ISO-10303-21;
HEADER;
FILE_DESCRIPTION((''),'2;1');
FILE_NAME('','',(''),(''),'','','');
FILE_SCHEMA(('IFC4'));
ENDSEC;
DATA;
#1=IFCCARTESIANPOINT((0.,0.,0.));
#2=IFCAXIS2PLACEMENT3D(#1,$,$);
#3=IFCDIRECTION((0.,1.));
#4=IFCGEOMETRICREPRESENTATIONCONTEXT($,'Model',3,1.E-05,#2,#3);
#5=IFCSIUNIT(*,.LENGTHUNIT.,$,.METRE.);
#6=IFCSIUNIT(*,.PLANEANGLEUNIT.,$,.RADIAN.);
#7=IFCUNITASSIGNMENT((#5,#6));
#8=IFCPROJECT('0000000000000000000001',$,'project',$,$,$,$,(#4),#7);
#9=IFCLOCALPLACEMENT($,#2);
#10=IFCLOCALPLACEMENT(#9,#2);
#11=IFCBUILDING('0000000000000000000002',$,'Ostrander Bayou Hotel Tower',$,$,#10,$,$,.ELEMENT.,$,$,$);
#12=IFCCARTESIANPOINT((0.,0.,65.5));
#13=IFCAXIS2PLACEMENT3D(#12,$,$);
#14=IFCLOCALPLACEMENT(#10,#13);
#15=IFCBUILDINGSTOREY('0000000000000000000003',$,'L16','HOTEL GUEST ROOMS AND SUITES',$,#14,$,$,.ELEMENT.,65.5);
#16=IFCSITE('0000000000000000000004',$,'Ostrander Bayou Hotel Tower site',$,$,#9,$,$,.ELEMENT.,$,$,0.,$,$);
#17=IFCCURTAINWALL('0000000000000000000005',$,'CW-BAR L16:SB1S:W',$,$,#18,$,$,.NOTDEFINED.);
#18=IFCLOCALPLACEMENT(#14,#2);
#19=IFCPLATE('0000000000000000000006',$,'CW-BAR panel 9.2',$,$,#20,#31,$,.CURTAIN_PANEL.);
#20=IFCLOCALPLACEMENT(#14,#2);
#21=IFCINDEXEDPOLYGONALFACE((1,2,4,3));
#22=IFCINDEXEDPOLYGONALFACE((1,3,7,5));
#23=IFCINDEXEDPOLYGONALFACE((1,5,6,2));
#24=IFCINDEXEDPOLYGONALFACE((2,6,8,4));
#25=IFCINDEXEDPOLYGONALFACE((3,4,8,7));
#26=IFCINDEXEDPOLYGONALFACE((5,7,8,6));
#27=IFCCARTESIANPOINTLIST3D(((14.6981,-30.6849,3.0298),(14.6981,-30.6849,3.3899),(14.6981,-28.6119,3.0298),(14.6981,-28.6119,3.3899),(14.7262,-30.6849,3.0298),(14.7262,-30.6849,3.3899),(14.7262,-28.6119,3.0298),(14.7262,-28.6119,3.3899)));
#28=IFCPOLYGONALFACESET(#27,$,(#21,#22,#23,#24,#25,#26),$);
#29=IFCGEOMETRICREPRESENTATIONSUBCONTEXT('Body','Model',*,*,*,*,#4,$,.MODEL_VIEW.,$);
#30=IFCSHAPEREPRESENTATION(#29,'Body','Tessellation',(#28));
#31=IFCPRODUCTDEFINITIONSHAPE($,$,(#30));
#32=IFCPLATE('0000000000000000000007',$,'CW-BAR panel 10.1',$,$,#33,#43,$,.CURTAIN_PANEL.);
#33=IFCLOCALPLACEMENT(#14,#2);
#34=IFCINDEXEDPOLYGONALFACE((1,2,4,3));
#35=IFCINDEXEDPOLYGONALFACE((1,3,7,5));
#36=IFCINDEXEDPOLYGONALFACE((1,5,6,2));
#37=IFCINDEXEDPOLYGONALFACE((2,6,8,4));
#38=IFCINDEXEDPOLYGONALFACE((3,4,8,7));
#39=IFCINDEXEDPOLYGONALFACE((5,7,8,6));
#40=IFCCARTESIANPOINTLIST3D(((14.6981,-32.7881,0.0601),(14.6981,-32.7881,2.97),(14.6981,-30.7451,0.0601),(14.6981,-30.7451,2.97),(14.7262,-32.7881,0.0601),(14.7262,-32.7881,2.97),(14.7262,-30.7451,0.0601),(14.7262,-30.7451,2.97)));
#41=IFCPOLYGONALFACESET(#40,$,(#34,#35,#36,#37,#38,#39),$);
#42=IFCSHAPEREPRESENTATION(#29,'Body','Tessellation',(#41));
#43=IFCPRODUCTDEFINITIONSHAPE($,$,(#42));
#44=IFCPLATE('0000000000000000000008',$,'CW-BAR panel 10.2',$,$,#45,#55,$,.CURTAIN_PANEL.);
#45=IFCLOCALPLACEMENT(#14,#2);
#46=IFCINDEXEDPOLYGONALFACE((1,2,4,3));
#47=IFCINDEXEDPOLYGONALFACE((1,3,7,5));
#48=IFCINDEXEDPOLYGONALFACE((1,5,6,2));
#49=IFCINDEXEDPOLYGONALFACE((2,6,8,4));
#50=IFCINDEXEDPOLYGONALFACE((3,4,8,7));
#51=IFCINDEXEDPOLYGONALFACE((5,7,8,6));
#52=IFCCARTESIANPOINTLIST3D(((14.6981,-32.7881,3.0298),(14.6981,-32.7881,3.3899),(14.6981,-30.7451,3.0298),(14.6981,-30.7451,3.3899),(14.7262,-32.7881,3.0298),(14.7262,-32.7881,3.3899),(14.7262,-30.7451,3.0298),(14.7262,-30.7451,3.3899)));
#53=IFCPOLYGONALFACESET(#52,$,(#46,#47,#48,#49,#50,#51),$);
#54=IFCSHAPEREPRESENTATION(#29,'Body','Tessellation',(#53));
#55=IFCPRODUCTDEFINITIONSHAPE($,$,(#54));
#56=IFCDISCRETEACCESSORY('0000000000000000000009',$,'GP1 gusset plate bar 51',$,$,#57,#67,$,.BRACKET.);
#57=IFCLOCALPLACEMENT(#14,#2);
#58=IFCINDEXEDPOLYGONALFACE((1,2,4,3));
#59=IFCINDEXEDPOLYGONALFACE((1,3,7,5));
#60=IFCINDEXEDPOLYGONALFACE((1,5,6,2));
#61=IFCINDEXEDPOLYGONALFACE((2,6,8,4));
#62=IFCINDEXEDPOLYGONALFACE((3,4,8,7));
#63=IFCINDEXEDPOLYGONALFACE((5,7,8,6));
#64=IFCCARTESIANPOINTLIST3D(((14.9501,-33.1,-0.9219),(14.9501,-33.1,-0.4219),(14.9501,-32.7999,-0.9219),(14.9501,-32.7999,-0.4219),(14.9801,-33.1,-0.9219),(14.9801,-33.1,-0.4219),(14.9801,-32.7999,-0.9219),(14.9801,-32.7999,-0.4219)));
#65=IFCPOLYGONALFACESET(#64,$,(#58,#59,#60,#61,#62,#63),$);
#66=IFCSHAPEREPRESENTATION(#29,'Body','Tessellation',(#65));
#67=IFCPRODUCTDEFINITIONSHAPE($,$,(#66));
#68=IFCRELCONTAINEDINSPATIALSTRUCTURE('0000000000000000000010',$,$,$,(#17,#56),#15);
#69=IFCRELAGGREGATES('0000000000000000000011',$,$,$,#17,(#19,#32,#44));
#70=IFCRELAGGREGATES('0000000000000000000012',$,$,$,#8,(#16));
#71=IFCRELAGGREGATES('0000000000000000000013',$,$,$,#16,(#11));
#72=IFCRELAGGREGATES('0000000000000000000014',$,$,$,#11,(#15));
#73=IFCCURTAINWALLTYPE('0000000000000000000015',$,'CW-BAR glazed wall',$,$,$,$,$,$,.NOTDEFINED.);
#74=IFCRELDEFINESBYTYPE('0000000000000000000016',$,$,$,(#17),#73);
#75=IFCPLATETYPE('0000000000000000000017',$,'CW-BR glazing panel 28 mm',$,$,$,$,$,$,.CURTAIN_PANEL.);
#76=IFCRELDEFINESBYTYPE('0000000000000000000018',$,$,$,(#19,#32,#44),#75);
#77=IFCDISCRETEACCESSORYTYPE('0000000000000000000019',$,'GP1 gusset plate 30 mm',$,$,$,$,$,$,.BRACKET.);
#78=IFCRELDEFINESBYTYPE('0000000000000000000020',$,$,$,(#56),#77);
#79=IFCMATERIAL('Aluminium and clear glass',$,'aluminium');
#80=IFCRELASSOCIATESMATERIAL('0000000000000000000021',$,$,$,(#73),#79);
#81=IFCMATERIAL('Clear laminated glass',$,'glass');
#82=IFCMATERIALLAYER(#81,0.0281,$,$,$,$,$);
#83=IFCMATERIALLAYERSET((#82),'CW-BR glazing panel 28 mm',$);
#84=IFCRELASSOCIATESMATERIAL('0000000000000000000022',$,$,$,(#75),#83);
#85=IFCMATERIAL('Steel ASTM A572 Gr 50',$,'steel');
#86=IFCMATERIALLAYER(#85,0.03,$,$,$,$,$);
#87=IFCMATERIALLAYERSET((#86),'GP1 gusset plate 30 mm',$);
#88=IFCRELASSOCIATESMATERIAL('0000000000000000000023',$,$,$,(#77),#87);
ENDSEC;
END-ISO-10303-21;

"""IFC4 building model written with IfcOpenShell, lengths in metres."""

from ifc_helpers import new_model, si_unit, direction, frame, origin, origin_2d, place, context, subcontext, project, spatial, rectangle, extrude, material, layer, layer_set, type_object, element, aggregate, save


model = new_model("IFC4")

# Units and contexts
model_context = context("Model", 3, precision=1e-05, world=origin(), true_north=direction((0.0, 1.0)))
body_context = subcontext(model_context, "Body", "Model", "MODEL_VIEW")
ifc_project = project(units=[si_unit("LENGTHUNIT", "METRE"), si_unit("PLANEANGLEUNIT", "RADIAN")], contexts=[model_context])

# Site, building, storey
site_placement = place(None, origin())
site = spatial("IfcSite", under=ifc_project, at=site_placement, Name="Ostrander Bayou Hotel Tower site", CompositionType="ELEMENT", RefElevation=0.0)
building_placement = place(site_placement, origin())
building = spatial("IfcBuilding", under=site, at=building_placement, Name="Ostrander Bayou Hotel Tower", CompositionType="ELEMENT")
storey_placement = place(building_placement, frame((0.0, 0.0, 65.5)))
storey = spatial("IfcBuildingStorey", under=building, at=storey_placement, Name="L16", Description="HOTEL GUEST ROOMS AND SUITES", CompositionType="ELEMENT", Elevation=65.5)

# Curtain wall
ifc_material_1 = material(Name="Aluminium and clear glass", Category="aluminium")
curtain_wall_type = type_object("IfcCurtainWallType", Name="CW-BAR glazed wall", PredefinedType="NOTDEFINED", material=ifc_material_1)
curtain_wall_1_placement = place(storey_placement, origin())
curtain_wall_1 = element("IfcCurtainWall", 1, at=curtain_wall_1_placement, inside=storey, type_object=curtain_wall_type, Name="CW-BAR L16:SB1S:W", PredefinedType="NOTDEFINED")

# Plates
ifc_material_2 = material(Name="Clear laminated glass", Category="glass")
ifc_layer_1 = layer(ifc_material_2, 0.0281)
ifc_layer_set_1 = layer_set([ifc_layer_1], Name="CW-BR glazing panel 28 mm")
plate_type = type_object("IfcPlateType", Name="CW-BR glazing panel 28 mm", PredefinedType="CURTAIN_PANEL", material=ifc_layer_set_1)
plate_1_placement = place(storey_placement, frame((14.7122, -29.6484, 3.0298), z_axis=(0.0, 0.0, 1.0), x_axis=(0.0, -1.0, 0.0)))
plate_1 = element("IfcPlate", 2, at=plate_1_placement, type_object=plate_type, Name="CW-BAR panel 9.2", PredefinedType="CURTAIN_PANEL", context=body_context, shape_type="SweptSolid", body=[
    extrude(rectangle(XDim=2.073, YDim=0.0281, at=origin_2d()), origin(), (0.0, 0.0, 1.0), 0.3601),
])
plate_2_placement = place(storey_placement, frame((14.7122, -31.7666, 0.0601), z_axis=(0.0, 0.0, 1.0), x_axis=(0.0, -1.0, 0.0)))
plate_2 = element("IfcPlate", 3, at=plate_2_placement, type_object=plate_type, Name="CW-BAR panel 10.1", PredefinedType="CURTAIN_PANEL", context=body_context, shape_type="SweptSolid", body=[
    extrude(rectangle(XDim=2.043, YDim=0.0281, at=origin_2d()), origin(), (0.0, 0.0, 1.0), 2.9099),
])
plate_3_placement = place(storey_placement, frame((14.7122, -31.7666, 3.0298), z_axis=(0.0, 0.0, 1.0), x_axis=(0.0, -1.0, 0.0)))
plate_3 = element("IfcPlate", 4, at=plate_3_placement, type_object=plate_type, Name="CW-BAR panel 10.2", PredefinedType="CURTAIN_PANEL", context=body_context, shape_type="SweptSolid", body=[
    extrude(rectangle(XDim=2.043, YDim=0.0281, at=origin_2d()), origin(), (0.0, 0.0, 1.0), 0.3601),
])
aggregate(curtain_wall_1, [plate_1, plate_2, plate_3])

# Discrete accessory
ifc_material_3 = material(Name="Steel ASTM A572 Gr 50", Category="steel")
ifc_layer_2 = layer(ifc_material_3, 0.03)
ifc_layer_set_2 = layer_set([ifc_layer_2], Name="GP1 gusset plate 30 mm")
discrete_accessory_type = type_object("IfcDiscreteAccessoryType", Name="GP1 gusset plate 30 mm", PredefinedType="BRACKET", material=ifc_layer_set_2)
discrete_accessory_placement = place(storey_placement, frame((14.9651, -32.95, -0.9219), z_axis=(0.0, 0.0, 1.0), x_axis=(0.0, 1.0, 0.0)))
element("IfcDiscreteAccessory", 5, at=discrete_accessory_placement, inside=storey, type_object=discrete_accessory_type, Name="GP1 gusset plate bar 51", PredefinedType="BRACKET", context=body_context, shape_type="SweptSolid", body=[
    extrude(rectangle(XDim=0.3, YDim=0.03, at=origin_2d()), origin(), (0.0, 0.0, 1.0), 0.5),
])

save(model, "model.ifc")
